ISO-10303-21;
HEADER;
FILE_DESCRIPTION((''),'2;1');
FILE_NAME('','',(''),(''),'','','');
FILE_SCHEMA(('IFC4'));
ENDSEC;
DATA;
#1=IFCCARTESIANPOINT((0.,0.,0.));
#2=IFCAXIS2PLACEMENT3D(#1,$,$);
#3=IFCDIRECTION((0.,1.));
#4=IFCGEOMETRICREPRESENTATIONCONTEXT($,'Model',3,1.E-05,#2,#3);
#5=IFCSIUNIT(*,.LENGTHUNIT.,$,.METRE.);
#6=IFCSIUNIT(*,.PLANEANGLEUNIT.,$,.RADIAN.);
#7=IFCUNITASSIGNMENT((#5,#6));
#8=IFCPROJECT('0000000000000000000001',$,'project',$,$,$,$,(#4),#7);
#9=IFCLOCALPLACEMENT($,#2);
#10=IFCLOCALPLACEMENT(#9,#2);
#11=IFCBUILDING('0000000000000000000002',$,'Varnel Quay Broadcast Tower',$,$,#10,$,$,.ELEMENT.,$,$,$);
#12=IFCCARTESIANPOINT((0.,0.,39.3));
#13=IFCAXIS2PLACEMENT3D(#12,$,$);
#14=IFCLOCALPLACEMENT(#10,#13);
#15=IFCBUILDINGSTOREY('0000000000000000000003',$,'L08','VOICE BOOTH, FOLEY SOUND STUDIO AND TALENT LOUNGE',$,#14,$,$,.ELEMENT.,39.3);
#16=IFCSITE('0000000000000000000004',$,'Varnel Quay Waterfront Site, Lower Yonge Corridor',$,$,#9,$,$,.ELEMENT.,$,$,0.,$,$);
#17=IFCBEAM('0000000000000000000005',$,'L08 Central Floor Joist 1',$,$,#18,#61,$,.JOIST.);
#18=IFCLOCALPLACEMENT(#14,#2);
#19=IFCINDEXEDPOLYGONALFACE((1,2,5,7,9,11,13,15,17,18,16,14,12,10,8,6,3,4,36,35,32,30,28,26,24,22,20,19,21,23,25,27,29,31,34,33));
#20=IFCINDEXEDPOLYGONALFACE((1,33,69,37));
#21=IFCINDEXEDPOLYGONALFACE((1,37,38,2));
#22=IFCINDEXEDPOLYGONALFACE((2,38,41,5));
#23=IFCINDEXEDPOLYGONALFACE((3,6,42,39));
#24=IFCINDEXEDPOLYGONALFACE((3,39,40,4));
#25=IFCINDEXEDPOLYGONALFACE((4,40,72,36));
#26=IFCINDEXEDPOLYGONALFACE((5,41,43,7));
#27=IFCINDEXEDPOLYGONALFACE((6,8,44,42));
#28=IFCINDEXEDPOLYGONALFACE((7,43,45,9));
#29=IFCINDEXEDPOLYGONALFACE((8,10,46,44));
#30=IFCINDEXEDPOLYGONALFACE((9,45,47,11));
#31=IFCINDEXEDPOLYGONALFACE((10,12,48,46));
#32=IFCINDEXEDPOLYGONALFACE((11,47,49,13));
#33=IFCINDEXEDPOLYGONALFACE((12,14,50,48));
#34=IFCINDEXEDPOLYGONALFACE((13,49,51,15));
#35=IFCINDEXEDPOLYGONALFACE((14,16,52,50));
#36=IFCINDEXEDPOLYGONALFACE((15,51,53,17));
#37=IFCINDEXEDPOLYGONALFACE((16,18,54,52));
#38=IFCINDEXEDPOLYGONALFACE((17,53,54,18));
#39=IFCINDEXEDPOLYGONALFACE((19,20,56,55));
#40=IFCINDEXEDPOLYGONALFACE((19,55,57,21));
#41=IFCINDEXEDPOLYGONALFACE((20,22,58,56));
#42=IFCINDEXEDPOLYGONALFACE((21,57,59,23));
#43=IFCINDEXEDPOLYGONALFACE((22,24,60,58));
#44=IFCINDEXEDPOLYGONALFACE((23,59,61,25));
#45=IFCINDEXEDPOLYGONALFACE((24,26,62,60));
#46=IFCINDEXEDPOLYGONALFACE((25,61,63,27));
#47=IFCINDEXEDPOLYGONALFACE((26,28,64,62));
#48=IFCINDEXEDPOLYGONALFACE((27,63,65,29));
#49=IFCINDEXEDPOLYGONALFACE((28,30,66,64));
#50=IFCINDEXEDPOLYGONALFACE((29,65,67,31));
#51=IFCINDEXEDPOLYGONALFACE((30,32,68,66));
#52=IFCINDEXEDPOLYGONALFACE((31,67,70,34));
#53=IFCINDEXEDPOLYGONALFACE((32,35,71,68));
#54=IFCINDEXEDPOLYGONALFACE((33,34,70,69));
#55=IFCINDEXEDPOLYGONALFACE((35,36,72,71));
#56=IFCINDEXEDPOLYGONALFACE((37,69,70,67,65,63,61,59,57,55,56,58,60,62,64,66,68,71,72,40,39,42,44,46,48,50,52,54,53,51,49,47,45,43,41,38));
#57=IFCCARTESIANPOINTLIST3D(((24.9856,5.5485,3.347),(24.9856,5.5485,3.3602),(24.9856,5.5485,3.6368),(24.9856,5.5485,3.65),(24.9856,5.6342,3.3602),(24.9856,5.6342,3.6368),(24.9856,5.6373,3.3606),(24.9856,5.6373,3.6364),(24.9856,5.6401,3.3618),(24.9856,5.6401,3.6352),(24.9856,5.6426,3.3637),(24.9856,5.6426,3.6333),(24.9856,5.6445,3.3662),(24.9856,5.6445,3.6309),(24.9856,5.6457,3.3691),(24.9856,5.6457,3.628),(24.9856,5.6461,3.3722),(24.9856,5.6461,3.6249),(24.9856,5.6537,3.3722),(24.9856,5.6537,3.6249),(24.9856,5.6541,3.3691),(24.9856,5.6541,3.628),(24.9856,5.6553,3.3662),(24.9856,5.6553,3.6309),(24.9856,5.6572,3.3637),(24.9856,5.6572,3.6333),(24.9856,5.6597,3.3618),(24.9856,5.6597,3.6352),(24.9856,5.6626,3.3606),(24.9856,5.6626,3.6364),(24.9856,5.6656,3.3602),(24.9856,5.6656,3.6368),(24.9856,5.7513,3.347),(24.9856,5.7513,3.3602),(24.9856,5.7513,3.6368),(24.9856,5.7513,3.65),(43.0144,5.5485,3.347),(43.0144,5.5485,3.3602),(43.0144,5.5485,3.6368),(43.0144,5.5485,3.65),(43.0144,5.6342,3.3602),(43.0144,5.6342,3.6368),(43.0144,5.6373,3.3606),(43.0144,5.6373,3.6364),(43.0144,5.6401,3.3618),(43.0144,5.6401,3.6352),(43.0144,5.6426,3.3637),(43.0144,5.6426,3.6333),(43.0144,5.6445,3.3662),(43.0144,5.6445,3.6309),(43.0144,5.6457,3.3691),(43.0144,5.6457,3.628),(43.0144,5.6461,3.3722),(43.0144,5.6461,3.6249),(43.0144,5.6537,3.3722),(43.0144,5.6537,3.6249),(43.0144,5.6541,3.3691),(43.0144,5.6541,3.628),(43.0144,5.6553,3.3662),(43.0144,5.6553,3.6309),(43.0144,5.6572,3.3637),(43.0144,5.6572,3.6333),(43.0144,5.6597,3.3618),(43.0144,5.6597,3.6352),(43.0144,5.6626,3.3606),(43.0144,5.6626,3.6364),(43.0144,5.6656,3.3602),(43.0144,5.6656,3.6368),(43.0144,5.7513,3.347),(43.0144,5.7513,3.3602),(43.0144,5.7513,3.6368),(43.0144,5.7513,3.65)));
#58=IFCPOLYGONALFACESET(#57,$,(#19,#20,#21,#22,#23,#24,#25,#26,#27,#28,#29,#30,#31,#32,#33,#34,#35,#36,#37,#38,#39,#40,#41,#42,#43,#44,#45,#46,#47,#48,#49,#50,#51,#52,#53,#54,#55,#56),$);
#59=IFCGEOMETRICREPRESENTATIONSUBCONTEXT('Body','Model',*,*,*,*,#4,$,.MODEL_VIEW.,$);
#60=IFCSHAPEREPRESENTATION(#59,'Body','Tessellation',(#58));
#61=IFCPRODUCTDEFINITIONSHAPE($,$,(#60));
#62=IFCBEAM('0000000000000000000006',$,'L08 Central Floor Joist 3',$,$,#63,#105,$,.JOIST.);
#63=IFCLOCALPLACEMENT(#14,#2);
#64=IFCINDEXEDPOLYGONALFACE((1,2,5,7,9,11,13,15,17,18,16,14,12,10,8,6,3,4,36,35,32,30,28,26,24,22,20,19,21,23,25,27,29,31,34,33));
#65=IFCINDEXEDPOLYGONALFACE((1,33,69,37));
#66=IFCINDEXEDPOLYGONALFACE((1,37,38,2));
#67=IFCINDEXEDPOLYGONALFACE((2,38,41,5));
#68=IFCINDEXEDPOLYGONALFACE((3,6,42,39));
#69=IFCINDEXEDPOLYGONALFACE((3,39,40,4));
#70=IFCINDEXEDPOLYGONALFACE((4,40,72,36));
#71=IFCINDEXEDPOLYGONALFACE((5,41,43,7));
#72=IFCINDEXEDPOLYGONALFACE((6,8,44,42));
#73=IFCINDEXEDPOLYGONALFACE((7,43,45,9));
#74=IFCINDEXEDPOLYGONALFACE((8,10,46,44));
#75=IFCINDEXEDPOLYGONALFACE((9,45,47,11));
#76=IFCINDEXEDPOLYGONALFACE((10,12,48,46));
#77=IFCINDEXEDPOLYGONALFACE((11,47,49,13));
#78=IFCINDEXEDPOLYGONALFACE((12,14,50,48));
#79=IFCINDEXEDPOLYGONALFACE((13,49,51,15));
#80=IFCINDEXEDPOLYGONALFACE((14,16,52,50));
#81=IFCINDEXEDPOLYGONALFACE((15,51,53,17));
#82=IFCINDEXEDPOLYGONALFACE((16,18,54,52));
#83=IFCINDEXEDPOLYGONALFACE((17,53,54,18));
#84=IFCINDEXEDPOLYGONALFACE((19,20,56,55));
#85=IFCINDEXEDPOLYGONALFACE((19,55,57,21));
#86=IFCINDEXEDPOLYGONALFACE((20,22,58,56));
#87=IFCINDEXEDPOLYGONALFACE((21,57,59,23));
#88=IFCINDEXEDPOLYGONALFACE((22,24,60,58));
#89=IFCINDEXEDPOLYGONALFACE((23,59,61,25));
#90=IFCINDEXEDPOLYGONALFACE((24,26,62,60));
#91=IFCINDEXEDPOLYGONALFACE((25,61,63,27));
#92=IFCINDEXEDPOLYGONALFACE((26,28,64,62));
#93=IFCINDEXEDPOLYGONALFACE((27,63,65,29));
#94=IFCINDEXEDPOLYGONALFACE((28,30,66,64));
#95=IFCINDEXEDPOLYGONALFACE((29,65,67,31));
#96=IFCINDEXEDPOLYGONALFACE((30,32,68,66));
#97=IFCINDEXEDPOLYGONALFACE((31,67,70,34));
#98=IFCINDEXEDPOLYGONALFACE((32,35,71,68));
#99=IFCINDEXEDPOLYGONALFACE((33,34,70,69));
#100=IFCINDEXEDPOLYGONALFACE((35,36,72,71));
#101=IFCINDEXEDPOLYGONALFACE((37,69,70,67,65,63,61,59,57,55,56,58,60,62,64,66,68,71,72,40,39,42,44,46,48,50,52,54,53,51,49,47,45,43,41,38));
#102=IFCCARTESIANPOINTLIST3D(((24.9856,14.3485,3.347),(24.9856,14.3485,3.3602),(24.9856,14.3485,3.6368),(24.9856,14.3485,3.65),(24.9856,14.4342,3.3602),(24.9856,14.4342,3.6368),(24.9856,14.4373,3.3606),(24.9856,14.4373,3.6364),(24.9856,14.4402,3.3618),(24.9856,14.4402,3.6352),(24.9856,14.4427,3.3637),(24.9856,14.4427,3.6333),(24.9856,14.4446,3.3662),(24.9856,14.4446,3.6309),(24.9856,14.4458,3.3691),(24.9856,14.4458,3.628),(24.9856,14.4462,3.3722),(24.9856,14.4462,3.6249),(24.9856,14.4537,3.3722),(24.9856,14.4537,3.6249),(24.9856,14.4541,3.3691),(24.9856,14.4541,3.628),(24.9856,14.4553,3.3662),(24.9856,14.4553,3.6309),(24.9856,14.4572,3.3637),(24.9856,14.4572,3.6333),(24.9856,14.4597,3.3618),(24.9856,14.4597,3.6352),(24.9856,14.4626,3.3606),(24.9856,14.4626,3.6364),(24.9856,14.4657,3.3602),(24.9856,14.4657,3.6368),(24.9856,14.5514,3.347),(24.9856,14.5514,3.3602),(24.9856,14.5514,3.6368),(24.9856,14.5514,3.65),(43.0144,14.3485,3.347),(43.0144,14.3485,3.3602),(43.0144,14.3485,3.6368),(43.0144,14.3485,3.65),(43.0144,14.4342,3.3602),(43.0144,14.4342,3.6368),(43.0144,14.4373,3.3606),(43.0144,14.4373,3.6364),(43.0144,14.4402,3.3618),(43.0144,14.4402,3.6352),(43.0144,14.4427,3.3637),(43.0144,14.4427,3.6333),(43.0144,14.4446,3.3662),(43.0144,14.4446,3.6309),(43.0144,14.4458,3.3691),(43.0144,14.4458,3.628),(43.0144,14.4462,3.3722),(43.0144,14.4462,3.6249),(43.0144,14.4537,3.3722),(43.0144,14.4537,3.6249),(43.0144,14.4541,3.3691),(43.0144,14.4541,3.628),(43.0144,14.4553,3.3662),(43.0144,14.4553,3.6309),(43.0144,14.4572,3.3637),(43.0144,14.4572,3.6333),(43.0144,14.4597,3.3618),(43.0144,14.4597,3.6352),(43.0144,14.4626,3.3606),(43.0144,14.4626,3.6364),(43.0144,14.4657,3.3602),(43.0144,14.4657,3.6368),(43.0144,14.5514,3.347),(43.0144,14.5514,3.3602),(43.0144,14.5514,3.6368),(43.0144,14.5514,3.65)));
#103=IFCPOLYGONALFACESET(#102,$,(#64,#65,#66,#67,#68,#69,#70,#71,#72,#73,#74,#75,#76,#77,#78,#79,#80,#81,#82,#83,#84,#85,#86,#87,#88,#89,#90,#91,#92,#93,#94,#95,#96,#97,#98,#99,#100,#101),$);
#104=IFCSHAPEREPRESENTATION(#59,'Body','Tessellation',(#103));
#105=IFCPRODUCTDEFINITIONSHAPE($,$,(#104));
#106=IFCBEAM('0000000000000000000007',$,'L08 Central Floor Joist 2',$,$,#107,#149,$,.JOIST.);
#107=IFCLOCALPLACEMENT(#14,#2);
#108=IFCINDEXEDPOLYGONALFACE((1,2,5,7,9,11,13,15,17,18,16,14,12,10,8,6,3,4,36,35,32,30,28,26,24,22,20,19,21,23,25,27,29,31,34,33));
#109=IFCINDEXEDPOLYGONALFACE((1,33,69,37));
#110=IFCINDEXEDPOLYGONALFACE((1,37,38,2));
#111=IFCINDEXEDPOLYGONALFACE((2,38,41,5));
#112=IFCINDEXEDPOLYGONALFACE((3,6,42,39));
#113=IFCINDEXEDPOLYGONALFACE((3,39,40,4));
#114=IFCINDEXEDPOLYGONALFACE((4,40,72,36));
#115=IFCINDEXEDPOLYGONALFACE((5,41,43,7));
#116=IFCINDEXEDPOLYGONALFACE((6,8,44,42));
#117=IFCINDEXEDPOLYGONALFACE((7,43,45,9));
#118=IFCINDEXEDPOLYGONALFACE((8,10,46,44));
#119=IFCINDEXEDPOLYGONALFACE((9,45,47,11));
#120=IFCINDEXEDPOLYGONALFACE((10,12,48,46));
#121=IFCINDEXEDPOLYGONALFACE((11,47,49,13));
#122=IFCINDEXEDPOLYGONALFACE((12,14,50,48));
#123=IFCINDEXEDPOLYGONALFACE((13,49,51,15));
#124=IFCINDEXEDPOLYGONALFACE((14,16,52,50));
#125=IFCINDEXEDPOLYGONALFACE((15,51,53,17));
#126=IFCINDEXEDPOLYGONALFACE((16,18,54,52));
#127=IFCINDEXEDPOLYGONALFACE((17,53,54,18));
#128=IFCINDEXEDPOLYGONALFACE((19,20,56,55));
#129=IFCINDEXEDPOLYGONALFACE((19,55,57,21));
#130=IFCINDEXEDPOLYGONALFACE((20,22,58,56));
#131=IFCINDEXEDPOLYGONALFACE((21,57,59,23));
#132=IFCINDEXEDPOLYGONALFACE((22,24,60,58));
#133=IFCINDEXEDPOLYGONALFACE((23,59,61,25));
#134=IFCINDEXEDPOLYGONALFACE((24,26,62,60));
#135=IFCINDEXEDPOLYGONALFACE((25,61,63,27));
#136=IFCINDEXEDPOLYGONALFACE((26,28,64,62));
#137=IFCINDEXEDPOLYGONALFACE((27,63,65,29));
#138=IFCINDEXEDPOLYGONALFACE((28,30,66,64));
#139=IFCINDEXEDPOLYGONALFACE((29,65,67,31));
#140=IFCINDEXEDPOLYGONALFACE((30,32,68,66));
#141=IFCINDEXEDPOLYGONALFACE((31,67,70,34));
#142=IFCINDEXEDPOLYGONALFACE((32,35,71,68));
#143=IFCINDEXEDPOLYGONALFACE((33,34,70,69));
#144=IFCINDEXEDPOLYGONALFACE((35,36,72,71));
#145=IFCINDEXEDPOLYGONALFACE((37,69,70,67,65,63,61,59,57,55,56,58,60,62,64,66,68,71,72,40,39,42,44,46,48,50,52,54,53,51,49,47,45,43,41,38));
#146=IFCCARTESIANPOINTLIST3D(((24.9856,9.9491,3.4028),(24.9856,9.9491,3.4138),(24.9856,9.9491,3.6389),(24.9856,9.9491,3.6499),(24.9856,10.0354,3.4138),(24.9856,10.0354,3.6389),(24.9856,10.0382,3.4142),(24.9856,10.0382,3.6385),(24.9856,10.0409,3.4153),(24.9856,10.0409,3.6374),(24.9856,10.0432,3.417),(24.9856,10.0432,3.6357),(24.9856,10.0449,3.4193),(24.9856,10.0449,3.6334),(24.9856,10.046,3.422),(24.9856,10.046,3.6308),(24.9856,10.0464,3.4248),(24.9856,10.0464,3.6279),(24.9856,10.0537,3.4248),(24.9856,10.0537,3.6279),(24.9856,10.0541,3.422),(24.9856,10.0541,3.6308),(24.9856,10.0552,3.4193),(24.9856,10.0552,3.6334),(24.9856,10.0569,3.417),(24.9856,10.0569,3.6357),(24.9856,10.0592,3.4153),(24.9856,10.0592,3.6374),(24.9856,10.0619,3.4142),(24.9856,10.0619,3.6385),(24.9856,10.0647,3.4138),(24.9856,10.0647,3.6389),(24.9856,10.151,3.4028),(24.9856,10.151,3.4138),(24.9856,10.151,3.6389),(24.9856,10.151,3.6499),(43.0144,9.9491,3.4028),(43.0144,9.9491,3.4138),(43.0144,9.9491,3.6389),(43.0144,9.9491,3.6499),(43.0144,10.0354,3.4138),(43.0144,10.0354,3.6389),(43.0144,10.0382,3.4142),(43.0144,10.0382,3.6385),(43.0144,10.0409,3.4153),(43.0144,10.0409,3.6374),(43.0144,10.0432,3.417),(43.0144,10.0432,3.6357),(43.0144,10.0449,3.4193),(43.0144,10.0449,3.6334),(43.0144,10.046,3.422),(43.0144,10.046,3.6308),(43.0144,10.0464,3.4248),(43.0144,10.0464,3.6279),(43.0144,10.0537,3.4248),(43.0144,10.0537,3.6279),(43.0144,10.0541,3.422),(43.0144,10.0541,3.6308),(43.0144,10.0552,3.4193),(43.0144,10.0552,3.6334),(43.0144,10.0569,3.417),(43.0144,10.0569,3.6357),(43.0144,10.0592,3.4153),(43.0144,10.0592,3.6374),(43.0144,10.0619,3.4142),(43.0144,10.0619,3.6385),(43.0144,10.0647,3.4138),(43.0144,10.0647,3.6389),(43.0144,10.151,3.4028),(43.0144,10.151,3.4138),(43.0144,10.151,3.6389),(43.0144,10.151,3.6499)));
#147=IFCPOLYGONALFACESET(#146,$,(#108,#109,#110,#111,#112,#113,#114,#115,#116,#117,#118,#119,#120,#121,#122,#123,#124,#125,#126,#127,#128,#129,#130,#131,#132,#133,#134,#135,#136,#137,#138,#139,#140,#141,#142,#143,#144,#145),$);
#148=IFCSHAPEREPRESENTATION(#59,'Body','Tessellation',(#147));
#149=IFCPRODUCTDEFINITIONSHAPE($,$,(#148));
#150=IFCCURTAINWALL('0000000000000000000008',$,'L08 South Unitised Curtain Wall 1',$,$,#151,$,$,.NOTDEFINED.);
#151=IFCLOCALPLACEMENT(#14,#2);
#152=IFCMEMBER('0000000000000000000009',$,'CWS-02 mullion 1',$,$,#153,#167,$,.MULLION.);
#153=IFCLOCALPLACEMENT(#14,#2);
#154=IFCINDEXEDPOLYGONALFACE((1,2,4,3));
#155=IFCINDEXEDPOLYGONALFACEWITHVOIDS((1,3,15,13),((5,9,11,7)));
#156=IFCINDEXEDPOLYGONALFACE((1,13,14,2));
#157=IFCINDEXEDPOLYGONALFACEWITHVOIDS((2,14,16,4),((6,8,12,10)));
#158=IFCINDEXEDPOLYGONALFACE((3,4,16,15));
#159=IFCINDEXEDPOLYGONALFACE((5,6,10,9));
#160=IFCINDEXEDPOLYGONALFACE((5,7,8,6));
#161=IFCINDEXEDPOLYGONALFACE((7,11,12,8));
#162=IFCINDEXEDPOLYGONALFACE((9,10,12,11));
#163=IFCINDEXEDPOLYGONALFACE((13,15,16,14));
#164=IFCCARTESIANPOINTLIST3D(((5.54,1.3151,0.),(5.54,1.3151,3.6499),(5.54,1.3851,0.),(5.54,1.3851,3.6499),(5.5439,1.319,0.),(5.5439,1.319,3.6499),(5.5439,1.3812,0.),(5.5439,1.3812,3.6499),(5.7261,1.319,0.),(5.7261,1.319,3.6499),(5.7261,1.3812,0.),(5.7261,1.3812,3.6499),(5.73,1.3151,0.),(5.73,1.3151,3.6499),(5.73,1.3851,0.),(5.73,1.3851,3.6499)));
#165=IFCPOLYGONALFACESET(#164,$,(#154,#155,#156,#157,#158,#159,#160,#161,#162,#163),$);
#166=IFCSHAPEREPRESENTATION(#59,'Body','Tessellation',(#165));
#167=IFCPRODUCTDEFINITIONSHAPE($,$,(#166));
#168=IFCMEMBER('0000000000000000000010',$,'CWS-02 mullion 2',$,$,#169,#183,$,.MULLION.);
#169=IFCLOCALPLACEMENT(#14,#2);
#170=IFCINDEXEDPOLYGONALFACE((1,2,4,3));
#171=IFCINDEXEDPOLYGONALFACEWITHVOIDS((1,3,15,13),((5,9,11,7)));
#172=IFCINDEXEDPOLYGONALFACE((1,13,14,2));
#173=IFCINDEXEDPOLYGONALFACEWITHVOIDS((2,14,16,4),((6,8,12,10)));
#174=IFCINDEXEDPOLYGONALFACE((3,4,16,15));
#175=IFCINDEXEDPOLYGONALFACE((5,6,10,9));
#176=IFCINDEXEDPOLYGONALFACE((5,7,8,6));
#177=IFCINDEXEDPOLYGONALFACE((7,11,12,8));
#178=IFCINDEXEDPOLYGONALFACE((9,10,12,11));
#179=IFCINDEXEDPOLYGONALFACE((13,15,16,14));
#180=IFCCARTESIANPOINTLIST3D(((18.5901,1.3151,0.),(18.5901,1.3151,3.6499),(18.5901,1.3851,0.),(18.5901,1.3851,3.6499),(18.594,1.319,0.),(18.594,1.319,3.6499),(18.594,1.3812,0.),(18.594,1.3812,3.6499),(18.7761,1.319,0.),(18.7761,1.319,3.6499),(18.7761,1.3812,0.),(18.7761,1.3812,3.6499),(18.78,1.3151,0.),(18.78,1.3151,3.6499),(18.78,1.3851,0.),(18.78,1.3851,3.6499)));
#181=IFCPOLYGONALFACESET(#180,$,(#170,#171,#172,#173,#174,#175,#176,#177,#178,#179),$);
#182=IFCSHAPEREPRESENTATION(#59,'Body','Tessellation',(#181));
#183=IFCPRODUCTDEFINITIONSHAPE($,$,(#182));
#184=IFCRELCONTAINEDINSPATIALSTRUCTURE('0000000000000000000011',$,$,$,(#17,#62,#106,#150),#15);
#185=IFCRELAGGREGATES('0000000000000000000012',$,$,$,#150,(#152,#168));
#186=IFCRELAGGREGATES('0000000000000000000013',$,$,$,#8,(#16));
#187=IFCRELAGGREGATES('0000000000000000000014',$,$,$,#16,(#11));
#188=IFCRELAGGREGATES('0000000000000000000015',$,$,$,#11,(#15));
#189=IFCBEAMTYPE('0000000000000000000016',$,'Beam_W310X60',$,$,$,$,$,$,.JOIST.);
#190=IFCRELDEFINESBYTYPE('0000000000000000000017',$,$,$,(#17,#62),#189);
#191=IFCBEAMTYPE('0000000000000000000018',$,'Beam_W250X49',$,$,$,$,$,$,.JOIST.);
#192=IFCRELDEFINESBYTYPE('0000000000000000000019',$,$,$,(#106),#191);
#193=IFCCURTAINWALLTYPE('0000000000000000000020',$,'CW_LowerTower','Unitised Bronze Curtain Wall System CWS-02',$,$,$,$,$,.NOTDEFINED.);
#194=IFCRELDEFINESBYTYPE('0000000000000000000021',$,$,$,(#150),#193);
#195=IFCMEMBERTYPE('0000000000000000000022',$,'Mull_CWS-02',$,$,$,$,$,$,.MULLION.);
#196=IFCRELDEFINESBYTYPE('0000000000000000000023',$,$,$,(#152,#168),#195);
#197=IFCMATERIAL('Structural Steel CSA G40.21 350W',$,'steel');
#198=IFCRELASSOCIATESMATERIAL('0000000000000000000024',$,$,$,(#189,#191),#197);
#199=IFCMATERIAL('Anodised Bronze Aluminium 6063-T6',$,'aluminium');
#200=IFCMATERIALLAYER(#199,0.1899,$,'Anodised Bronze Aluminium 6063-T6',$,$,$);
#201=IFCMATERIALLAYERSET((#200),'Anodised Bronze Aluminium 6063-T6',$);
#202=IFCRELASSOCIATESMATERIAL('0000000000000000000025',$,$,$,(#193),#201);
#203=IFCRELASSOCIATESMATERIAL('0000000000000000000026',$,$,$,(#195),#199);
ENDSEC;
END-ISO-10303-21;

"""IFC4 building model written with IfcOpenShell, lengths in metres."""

from ifc_helpers import new_model, si_unit, direction, frame, origin, origin_2d, place, context, subcontext, project, spatial, hollow_rectangle, i_section, extrude, source, transform, mapped, material, layer, layer_set, material_profile, profile_set, type_object, type_shapes, element, aggregate, save


model = new_model("IFC4")

# Units and contexts
model_context = context("Model", 3, precision=1e-05, world=origin(), true_north=direction((0.0, 1.0)))
body_context = subcontext(model_context, "Body", "Model", "MODEL_VIEW")
ifc_project = project(units=[si_unit("LENGTHUNIT", "METRE"), si_unit("PLANEANGLEUNIT", "RADIAN")], contexts=[model_context])

# Site, building, storey
site_placement = place(None, origin())
site = spatial("IfcSite", under=ifc_project, at=site_placement, Name="Varnel Quay Waterfront Site, Lower Yonge Corridor", CompositionType="ELEMENT", RefElevation=0.0)
building_placement = place(site_placement, origin())
building = spatial("IfcBuilding", under=site, at=building_placement, Name="Varnel Quay Broadcast Tower", CompositionType="ELEMENT")
storey_placement = place(building_placement, frame((0.0, 0.0, 39.3)))
storey = spatial("IfcBuildingStorey", under=building, at=storey_placement, Name="L08", Description="VOICE BOOTH, FOLEY SOUND STUDIO AND TALENT LOUNGE", CompositionType="ELEMENT", Elevation=39.3)

# Shared definitions
ifc_material_1 = material(Name="Structural Steel CSA G40.21 350W", Category="steel")

# Beams
ifc_material_profile_1 = material_profile(ifc_material_1, i_section(OverallWidth=0.2029, OverallDepth=0.303, WebThickness=0.0076, FlangeThickness=0.0132, FilletRadius=0.012, at=origin_2d()), Name="W310X60")
ifc_profile_set_1 = profile_set([ifc_material_profile_1], Name="Structural Steel CSA G40.21 350W")
beam_type_1 = type_object("IfcBeamType", Name="Beam_W310X60", PredefinedType="JOIST", material=ifc_profile_set_1)
shared_shape_1 = source(origin(), body_context, "Body", "SweptSolid", [
    extrude(i_section(OverallWidth=0.2029, OverallDepth=0.303, WebThickness=0.0076, FlangeThickness=0.0132, FilletRadius=0.012, at=origin_2d()), origin(), (0.0, 0.0, 1.0), 18.0288),
])
type_shapes(beam_type_1, [shared_shape_1])
for number, where, z_axis, x_axis, name in (
    (1, (24.9856, 5.6499, 3.4985), (1.0, 0.0, 0.0), (0.0, 1.0, 0.0), "L08 Central Floor Joist 1"),
    (2, (24.9856, 14.45, 3.4985), (1.0, 0.0, 0.0), (0.0, 1.0, 0.0), "L08 Central Floor Joist 3"),
):
    element("IfcBeam", number, at=place(storey_placement, frame(where, z_axis=z_axis, x_axis=x_axis)), inside=storey, type_object=beam_type_1, Name=name, PredefinedType="JOIST", context=body_context, shape_type="MappedRepresentation", body=[
        mapped(shared_shape_1, transform((0.0, 0.0, 0.0), x_axis=(1.0, 0.0, 0.0), y_axis=(0.0, 1.0, 0.0), z_axis=(0.0, 0.0, 1.0), scale=1.0)),
    ])
ifc_material_profile_2 = material_profile(ifc_material_1, i_section(OverallWidth=0.2019, OverallDepth=0.2471, WebThickness=0.0073, FlangeThickness=0.011, FilletRadius=0.011, at=origin_2d()), Name="W250X49")
ifc_profile_set_2 = profile_set([ifc_material_profile_2], Name="Structural Steel CSA G40.21 350W")
beam_type_2 = type_object("IfcBeamType", Name="Beam_W250X49", PredefinedType="JOIST", material=ifc_profile_set_2)
shared_shape_2 = source(origin(), body_context, "Body", "SweptSolid", [
    extrude(i_section(OverallWidth=0.2019, OverallDepth=0.2471, WebThickness=0.0073, FlangeThickness=0.011, FilletRadius=0.011, at=origin_2d()), origin(), (0.0, 0.0, 1.0), 18.0288),
])
type_shapes(beam_type_2, [shared_shape_2])
beam_1_placement = place(storey_placement, frame((24.9856, 10.05, 3.5264), z_axis=(1.0, 0.0, 0.0), x_axis=(0.0, 1.0, 0.0)))
element("IfcBeam", 3, at=beam_1_placement, inside=storey, type_object=beam_type_2, Name="L08 Central Floor Joist 2", PredefinedType="JOIST", context=body_context, shape_type="MappedRepresentation", body=[
    mapped(shared_shape_2, transform((0.0, 0.0, 0.0), x_axis=(1.0, 0.0, 0.0), y_axis=(0.0, 1.0, 0.0), z_axis=(0.0, 0.0, 1.0), scale=1.0)),
])

# Curtain wall, members
ifc_material_2 = material(Name="Anodised Bronze Aluminium 6063-T6", Category="aluminium")
ifc_layer_1 = layer(ifc_material_2, 0.1899, Name="Anodised Bronze Aluminium 6063-T6")
ifc_layer_set_1 = layer_set([ifc_layer_1], Name="Anodised Bronze Aluminium 6063-T6")
curtain_wall_type_1 = type_object("IfcCurtainWallType", Name="CW_LowerTower", Description="Unitised Bronze Curtain Wall System CWS-02", PredefinedType="NOTDEFINED", material=ifc_layer_set_1)
curtain_wall_1_placement = place(storey_placement, origin())
curtain_wall_1 = element("IfcCurtainWall", 4, at=curtain_wall_1_placement, inside=storey, type_object=curtain_wall_type_1, Name="L08 South Unitised Curtain Wall 1", PredefinedType="NOTDEFINED")
ifc_material_profile_3 = material_profile(ifc_material_2, hollow_rectangle(XDim=0.0701, YDim=0.1899, WallThickness=0.0039, at=origin_2d()), Name="ALU70X190X4")
ifc_profile_set_3 = profile_set([ifc_material_profile_3], Name="Anodised Bronze Aluminium 6063-T6")
member_type_1 = type_object("IfcMemberType", Name="Mull_CWS-02", PredefinedType="MULLION", material=ifc_profile_set_3)
shared_shape_3 = source(origin(), body_context, "Body", "SweptSolid", [
    extrude(hollow_rectangle(XDim=0.0701, YDim=0.1899, WallThickness=0.0039, at=origin_2d()), origin(), (0.0, 0.0, 1.0), 3.6499),
])
type_shapes(member_type_1, [shared_shape_3])
member_1_placement = place(storey_placement, frame((5.635, 1.3501, 0.0), z_axis=(0.0, 0.0, 1.0), x_axis=(0.0, 1.0, 0.0)))
member_1 = element("IfcMember", 5, at=member_1_placement, type_object=member_type_1, Name="CWS-02 mullion 1", PredefinedType="MULLION", context=body_context, shape_type="MappedRepresentation", body=[
    mapped(shared_shape_3, transform((0.0, 0.0, 0.0), x_axis=(1.0, 0.0, 0.0), y_axis=(0.0, 1.0, 0.0), z_axis=(0.0, 0.0, 1.0), scale=1.0)),
])
member_2_placement = place(storey_placement, frame((18.6851, 1.3501, 0.0), z_axis=(0.0, 0.0, 1.0), x_axis=(0.0, 1.0, 0.0)))
member_2 = element("IfcMember", 6, at=member_2_placement, type_object=member_type_1, Name="CWS-02 mullion 2", PredefinedType="MULLION", context=body_context, shape_type="MappedRepresentation", body=[
    mapped(shared_shape_3, transform((0.0, 0.0, 0.0), x_axis=(1.0, 0.0, 0.0), y_axis=(0.0, 1.0, 0.0), z_axis=(0.0, 0.0, 1.0), scale=1.0)),
])

aggregate(curtain_wall_1, [member_1, member_2])

save(model, "model.ifc")
